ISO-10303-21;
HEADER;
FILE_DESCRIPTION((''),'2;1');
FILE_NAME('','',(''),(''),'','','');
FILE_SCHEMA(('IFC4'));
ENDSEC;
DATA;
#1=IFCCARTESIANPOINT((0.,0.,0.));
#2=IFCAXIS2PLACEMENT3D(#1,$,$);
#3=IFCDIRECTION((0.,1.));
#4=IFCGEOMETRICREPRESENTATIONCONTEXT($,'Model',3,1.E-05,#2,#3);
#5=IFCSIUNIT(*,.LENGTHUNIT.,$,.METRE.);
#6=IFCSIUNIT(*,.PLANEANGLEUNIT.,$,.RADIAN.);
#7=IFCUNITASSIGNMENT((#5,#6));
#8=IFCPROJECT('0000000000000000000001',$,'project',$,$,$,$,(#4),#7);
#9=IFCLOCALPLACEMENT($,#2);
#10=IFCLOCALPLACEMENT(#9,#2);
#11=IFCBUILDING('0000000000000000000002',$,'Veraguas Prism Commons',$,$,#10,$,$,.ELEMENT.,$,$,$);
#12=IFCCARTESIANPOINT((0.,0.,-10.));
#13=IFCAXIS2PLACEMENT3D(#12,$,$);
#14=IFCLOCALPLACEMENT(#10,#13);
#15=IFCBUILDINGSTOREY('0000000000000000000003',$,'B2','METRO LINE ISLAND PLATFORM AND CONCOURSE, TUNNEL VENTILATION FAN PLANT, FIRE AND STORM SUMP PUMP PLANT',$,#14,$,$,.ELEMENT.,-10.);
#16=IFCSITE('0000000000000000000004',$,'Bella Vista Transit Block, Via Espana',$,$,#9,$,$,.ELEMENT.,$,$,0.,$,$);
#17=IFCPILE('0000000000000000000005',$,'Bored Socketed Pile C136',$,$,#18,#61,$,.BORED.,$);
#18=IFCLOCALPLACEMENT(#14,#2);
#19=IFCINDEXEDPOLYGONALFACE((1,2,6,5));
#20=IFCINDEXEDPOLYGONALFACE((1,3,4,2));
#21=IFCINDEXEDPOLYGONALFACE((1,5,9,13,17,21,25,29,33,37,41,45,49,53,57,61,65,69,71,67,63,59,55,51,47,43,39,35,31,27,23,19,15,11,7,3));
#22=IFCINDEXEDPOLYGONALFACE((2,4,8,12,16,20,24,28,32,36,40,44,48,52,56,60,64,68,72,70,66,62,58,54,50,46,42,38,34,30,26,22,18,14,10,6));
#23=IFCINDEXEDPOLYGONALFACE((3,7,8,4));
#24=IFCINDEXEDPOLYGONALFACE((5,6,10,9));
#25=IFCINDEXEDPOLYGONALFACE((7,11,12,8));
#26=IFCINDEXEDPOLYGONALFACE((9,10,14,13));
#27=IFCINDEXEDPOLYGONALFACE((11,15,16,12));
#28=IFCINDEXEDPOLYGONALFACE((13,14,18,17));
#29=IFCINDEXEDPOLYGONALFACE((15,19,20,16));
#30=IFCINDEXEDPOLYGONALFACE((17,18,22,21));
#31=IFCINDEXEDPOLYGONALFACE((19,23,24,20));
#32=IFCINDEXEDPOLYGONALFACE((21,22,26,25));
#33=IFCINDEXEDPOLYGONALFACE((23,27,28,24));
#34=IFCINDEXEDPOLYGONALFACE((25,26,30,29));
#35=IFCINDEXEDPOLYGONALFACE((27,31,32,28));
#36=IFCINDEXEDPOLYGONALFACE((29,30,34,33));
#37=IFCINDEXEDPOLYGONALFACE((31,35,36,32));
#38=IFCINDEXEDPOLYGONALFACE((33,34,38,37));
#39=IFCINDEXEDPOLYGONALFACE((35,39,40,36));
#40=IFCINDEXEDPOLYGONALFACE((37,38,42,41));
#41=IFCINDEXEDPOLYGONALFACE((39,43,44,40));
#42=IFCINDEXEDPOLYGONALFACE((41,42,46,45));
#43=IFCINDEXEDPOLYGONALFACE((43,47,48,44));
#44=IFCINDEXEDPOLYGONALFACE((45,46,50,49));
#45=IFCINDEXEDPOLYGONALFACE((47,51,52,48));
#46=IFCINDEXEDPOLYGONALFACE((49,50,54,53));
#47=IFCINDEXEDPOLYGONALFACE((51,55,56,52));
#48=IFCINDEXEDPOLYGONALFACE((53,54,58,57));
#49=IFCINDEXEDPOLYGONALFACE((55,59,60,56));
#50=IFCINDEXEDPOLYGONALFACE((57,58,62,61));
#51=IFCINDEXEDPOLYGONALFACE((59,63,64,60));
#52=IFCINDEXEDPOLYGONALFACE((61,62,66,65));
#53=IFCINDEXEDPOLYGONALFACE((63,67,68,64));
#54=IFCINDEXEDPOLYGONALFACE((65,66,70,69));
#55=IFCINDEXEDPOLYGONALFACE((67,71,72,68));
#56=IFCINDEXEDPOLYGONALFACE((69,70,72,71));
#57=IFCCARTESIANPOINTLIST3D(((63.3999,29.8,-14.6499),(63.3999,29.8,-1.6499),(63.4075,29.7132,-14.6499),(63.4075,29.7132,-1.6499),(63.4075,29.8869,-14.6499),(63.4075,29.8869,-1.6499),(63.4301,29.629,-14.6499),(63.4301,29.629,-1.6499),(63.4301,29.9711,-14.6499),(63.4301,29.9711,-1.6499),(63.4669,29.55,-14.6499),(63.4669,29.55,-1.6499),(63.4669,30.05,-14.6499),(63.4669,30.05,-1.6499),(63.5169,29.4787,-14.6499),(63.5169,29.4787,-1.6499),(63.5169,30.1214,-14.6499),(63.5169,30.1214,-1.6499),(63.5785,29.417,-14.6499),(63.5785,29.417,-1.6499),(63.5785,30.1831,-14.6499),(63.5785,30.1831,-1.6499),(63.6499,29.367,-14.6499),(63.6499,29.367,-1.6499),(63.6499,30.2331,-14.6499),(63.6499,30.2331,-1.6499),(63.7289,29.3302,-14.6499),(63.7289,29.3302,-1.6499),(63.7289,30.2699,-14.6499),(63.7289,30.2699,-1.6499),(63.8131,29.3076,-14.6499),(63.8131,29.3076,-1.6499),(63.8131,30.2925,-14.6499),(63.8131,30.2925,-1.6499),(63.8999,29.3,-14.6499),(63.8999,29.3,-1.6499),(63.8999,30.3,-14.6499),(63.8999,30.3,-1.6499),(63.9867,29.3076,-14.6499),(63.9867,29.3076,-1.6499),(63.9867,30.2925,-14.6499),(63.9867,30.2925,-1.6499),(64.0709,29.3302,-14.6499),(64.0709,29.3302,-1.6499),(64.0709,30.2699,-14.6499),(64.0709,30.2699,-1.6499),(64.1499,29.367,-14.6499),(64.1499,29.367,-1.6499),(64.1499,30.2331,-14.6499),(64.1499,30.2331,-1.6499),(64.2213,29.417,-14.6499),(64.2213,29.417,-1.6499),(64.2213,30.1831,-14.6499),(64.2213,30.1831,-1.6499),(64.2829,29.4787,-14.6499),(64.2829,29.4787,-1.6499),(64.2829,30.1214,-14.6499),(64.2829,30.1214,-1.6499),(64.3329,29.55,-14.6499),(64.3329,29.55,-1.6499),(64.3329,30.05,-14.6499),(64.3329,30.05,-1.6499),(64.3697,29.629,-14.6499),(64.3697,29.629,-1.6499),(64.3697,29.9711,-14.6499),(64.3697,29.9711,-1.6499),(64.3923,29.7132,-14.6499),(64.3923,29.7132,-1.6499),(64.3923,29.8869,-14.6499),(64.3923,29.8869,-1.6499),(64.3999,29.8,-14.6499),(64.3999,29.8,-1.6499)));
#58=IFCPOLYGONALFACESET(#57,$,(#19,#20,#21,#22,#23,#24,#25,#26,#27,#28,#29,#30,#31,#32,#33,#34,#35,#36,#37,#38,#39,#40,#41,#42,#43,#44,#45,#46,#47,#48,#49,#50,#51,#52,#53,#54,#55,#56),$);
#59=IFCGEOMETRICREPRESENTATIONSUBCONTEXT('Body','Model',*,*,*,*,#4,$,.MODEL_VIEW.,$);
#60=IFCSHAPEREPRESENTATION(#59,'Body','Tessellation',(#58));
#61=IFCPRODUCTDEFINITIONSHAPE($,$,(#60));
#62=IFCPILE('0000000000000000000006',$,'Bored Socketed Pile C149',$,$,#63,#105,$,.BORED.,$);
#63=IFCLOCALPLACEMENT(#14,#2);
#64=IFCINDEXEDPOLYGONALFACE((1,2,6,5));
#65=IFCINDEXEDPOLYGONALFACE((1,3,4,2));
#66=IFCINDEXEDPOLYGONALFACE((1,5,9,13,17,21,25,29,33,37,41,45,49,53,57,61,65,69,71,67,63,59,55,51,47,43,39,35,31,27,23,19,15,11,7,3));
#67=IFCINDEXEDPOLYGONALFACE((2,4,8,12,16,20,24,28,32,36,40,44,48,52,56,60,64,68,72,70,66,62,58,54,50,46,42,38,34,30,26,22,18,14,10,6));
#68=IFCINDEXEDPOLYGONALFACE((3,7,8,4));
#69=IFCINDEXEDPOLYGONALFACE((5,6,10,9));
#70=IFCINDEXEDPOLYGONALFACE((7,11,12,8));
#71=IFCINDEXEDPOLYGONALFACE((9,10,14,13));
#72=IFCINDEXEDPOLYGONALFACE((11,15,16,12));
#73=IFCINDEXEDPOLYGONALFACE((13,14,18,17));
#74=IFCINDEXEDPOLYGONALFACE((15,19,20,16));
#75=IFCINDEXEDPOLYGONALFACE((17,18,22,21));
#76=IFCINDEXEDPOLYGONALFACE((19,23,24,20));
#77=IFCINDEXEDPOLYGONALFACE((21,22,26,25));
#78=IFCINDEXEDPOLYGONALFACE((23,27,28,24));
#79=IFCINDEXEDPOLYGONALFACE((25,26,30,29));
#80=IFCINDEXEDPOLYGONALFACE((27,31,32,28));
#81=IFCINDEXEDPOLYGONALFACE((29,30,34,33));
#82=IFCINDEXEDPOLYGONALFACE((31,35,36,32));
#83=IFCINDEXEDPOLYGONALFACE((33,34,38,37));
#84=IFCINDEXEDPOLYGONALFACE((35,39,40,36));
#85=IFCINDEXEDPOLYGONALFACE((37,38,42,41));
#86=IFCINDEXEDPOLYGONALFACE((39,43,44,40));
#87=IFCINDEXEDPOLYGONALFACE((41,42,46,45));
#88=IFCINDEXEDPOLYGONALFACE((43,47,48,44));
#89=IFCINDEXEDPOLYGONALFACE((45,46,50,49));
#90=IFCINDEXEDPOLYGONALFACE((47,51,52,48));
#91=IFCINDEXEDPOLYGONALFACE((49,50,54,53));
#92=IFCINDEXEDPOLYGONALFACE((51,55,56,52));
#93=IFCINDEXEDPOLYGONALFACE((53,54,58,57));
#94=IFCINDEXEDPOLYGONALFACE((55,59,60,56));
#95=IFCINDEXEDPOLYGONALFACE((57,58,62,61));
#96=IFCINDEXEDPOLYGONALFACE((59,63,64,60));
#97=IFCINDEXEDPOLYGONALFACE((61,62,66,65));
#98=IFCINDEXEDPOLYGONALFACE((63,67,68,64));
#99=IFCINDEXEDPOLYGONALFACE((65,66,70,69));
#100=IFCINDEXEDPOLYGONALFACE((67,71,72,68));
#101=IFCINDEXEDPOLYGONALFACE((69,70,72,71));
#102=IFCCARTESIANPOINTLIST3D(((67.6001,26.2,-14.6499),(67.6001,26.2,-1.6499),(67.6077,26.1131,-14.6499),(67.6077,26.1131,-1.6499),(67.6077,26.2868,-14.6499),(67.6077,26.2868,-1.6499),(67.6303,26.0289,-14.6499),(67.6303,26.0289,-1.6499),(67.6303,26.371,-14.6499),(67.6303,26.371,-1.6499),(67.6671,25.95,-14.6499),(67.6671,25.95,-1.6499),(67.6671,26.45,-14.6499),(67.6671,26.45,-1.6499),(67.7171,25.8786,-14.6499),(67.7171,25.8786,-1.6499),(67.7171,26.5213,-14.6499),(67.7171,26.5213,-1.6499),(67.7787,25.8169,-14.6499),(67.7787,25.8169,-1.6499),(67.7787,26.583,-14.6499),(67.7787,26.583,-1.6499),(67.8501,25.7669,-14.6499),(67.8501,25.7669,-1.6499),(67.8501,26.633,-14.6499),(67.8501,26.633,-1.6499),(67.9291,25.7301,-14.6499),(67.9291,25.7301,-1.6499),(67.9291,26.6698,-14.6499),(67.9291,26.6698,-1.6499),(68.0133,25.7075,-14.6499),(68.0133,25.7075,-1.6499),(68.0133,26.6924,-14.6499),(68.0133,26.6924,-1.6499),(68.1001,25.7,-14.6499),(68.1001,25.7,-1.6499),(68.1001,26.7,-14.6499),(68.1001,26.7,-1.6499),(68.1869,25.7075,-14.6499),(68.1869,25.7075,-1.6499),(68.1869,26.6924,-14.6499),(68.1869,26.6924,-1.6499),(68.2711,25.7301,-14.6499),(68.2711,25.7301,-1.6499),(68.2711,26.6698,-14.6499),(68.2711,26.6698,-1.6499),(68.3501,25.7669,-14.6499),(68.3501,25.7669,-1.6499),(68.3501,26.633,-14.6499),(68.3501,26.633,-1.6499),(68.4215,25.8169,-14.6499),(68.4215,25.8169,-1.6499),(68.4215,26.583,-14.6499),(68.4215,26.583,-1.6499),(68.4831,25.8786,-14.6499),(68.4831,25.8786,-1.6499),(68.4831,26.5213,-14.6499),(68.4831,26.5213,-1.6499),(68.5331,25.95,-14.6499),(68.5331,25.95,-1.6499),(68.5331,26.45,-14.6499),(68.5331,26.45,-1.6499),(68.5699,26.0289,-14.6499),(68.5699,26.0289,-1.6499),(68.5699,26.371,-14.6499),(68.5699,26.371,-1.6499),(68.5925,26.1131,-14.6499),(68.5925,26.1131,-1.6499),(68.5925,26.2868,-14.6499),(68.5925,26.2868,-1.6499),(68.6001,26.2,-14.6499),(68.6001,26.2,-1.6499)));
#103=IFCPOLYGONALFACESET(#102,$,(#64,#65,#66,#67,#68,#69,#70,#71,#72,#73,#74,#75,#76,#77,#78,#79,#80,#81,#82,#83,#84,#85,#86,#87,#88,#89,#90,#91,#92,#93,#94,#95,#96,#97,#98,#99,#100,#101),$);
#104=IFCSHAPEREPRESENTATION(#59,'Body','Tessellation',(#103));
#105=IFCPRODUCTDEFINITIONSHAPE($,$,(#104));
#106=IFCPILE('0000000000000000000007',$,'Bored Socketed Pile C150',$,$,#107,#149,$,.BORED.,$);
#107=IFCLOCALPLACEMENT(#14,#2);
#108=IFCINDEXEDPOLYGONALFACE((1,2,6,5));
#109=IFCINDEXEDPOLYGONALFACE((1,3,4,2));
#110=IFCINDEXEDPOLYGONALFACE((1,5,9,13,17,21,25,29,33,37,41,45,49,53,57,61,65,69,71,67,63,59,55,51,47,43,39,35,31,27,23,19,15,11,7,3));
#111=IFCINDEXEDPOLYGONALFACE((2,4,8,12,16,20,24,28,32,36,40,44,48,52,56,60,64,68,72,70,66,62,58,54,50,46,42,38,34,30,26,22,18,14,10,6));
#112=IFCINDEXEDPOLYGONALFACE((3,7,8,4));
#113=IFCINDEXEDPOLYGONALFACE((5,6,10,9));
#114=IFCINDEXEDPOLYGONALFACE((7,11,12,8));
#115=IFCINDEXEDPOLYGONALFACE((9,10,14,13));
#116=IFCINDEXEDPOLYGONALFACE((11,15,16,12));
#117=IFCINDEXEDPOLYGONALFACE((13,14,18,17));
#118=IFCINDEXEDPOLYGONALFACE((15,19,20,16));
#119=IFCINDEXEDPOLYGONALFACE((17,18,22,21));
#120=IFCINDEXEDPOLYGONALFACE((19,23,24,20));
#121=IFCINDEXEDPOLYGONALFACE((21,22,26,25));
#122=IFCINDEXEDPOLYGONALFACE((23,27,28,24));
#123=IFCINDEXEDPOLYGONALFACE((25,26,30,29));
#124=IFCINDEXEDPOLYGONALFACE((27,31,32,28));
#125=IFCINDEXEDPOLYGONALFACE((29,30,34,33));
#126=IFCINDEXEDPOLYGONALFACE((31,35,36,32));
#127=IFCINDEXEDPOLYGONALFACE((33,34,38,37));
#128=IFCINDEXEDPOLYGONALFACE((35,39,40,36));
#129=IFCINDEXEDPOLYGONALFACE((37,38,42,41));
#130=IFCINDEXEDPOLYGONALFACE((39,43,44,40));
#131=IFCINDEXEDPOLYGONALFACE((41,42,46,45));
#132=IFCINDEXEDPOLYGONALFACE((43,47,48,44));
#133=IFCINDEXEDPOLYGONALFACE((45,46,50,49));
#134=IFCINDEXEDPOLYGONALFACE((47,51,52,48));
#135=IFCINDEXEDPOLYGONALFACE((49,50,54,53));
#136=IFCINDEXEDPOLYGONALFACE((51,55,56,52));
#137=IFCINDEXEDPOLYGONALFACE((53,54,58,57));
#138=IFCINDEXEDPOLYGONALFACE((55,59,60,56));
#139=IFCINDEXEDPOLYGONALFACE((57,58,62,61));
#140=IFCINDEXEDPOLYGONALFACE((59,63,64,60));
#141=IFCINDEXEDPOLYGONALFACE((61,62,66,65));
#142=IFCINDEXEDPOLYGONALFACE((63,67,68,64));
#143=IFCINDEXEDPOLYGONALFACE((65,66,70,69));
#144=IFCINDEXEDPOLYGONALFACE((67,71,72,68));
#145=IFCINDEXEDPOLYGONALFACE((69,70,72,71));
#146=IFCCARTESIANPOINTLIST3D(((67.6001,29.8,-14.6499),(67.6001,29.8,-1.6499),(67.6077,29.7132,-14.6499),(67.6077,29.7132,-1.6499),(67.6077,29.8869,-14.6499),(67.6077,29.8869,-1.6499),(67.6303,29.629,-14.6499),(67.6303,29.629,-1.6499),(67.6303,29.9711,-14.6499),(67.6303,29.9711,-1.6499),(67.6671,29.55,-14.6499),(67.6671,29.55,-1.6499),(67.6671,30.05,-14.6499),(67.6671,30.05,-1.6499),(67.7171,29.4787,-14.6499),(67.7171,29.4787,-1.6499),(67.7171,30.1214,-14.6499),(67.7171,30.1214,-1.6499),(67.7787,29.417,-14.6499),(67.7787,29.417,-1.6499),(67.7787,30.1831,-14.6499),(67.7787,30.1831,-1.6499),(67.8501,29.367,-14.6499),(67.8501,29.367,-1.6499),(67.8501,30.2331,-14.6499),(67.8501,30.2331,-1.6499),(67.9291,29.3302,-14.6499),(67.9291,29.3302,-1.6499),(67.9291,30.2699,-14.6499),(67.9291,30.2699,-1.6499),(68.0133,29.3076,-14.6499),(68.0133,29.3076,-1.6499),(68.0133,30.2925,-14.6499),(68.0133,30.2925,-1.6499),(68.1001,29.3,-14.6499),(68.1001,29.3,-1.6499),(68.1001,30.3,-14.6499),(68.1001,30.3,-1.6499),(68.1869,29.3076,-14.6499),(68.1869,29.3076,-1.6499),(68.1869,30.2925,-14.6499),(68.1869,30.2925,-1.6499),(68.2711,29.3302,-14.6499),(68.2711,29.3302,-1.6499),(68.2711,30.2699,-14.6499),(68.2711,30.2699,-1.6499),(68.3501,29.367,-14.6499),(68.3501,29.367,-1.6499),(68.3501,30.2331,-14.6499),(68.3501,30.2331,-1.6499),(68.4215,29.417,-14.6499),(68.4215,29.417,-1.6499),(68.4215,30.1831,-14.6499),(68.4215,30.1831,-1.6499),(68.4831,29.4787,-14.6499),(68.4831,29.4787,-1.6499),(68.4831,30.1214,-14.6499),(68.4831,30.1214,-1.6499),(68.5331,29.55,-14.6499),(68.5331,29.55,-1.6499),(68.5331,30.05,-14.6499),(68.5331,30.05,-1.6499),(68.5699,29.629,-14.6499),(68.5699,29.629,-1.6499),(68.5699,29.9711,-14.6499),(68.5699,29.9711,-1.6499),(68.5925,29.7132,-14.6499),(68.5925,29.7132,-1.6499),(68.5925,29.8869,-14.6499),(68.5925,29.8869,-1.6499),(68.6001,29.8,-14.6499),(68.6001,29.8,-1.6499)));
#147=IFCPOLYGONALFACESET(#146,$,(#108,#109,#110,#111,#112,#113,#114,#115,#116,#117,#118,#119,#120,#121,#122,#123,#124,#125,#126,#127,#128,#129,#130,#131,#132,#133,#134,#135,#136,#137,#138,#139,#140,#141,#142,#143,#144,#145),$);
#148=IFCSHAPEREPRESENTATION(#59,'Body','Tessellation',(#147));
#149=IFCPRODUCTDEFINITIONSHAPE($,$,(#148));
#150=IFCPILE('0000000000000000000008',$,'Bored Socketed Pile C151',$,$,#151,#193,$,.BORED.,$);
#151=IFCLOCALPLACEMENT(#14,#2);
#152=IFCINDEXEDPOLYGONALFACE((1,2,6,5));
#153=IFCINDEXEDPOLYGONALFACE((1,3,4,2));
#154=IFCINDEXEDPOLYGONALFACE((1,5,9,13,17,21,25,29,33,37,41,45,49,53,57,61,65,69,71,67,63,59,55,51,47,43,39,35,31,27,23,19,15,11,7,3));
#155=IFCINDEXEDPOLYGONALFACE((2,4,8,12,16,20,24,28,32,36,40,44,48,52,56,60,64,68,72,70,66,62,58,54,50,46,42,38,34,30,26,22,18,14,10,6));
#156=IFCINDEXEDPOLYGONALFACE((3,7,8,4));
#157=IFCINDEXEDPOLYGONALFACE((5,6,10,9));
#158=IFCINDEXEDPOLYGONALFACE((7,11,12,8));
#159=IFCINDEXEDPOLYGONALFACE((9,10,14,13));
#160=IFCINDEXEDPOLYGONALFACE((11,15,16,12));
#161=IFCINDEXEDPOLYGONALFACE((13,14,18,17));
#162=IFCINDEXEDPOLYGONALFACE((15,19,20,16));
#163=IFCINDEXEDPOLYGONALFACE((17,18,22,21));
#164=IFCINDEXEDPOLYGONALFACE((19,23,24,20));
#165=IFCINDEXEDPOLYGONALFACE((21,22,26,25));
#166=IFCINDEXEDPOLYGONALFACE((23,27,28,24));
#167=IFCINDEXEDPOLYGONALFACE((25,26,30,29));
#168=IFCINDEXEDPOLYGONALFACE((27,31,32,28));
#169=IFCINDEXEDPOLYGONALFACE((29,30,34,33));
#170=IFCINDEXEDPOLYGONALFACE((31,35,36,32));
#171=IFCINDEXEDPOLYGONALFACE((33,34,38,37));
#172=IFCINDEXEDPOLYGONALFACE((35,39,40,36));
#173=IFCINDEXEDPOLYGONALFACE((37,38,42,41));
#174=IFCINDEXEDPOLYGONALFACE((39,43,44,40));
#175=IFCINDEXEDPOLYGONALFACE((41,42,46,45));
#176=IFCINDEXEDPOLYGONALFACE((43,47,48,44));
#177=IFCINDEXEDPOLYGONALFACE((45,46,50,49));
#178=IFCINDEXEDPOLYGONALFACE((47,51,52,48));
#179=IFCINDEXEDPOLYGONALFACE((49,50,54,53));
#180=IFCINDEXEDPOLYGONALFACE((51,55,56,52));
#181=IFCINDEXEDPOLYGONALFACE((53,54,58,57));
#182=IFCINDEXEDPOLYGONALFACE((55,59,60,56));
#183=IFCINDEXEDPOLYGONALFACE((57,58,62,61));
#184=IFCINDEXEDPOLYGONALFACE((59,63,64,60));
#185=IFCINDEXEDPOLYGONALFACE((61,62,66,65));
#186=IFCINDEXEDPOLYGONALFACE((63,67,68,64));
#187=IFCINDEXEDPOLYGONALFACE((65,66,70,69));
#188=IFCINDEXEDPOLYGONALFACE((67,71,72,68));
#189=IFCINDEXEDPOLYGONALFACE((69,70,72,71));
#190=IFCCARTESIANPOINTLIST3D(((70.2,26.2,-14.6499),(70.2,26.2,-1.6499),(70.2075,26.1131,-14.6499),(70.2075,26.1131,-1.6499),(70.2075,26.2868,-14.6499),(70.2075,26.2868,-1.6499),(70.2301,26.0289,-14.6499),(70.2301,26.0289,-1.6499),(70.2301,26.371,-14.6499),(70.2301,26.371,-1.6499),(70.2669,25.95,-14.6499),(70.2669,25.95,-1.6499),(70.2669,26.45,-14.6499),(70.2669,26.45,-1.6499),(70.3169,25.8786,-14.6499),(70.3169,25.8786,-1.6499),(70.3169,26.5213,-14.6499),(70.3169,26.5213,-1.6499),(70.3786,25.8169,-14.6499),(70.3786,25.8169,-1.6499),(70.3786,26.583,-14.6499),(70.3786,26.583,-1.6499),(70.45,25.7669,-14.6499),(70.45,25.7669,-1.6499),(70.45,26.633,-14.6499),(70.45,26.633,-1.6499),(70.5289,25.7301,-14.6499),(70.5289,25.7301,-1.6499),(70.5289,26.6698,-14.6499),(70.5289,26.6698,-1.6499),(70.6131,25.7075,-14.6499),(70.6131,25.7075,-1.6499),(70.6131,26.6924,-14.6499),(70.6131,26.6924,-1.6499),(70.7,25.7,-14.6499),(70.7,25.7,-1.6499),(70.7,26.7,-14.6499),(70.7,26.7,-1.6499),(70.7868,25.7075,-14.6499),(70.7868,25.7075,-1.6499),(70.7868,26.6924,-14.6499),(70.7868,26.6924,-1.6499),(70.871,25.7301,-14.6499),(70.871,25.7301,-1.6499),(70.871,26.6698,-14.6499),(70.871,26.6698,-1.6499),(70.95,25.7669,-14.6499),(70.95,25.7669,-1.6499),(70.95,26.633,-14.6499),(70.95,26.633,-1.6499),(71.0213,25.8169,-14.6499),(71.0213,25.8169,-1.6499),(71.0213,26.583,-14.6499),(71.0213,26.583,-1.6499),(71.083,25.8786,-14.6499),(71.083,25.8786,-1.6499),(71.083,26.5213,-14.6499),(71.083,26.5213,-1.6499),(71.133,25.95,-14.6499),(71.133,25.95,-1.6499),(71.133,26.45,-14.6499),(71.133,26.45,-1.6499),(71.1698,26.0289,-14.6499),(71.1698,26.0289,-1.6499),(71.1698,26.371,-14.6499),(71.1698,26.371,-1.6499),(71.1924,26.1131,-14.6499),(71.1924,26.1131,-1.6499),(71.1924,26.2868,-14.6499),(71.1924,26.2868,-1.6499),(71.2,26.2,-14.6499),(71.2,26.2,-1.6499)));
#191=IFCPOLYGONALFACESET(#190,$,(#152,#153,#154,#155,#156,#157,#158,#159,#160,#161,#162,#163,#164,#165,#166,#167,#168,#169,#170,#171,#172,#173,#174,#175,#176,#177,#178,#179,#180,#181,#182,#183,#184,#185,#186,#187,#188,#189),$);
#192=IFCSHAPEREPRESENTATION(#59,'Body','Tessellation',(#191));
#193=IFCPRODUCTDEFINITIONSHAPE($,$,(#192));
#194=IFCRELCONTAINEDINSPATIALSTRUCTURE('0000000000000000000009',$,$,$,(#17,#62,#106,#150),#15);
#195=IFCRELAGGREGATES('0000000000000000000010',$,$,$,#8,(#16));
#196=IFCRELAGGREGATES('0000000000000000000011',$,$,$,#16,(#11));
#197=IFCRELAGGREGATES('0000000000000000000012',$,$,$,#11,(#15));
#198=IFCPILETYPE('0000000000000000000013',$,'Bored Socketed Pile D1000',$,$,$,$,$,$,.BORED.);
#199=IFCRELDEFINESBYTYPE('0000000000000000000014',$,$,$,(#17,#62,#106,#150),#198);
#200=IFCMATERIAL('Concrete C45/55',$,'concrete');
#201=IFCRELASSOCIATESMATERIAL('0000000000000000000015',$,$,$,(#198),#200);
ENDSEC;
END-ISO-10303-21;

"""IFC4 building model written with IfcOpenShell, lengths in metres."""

from ifc_helpers import new_model, si_unit, direction, frame, origin, origin_2d, place, context, subcontext, project, spatial, circle, extrude, source, transform, mapped, material, material_profile, profile_set, type_object, element, save


model = new_model("IFC4")

# Units and contexts
model_context = context("Model", 3, precision=1e-05, world=origin(), true_north=direction((0.0, 1.0)))
body_context = subcontext(model_context, "Body", "Model", "MODEL_VIEW")
ifc_project = project(units=[si_unit("LENGTHUNIT", "METRE"), si_unit("PLANEANGLEUNIT", "RADIAN")], contexts=[model_context])

# Site, building, storey
site_placement = place(None, origin())
site = spatial("IfcSite", under=ifc_project, at=site_placement, Name="Bella Vista Transit Block, Via Espana", CompositionType="ELEMENT", RefElevation=0.0)
building_placement = place(site_placement, origin())
building = spatial("IfcBuilding", under=site, at=building_placement, Name="Veraguas Prism Commons", CompositionType="ELEMENT")
storey_placement = place(building_placement, frame((0.0, 0.0, -10.0)))
storey = spatial("IfcBuildingStorey", under=building, at=storey_placement, Name="B2", Description="METRO LINE ISLAND PLATFORM AND CONCOURSE, TUNNEL VENTILATION FAN PLANT, FIRE AND STORM SUMP PUMP PLANT", CompositionType="ELEMENT", Elevation=-10.0)

# Shared definitions
ifc_material_1 = material(Name="Concrete C45/55", Category="concrete")

# Piles
ifc_material_profile_1 = material_profile(ifc_material_1, circle(Radius=0.5, at=origin_2d()), Name="PILE1000")
ifc_profile_set_1 = profile_set([ifc_material_profile_1], Name="Concrete C45/55")
pile_type = type_object("IfcPileType", Name="Bored Socketed Pile D1000", PredefinedType="BORED", material=ifc_profile_set_1)
shared_shape_1 = source(origin(), body_context, "Body", "SweptSolid", [
    extrude(circle(Radius=0.5, at=origin_2d()), origin(), (0.0, 0.0, 1.0), 13.0),
])
for number, where, z_axis, x_axis, name in (
    (1, (63.8999, 29.8, -1.6499), (0.0, 0.0, -1.0), (1.0, 0.0, 0.0), "Bored Socketed Pile C136"),
    (2, (68.1001, 26.2, -1.6499), (0.0, 0.0, -1.0), (1.0, 0.0, 0.0), "Bored Socketed Pile C149"),
    (3, (68.1001, 29.8, -1.6499), (0.0, 0.0, -1.0), (1.0, 0.0, 0.0), "Bored Socketed Pile C150"),
    (4, (70.7, 26.2, -1.6499), (0.0, 0.0, -1.0), (1.0, 0.0, 0.0), "Bored Socketed Pile C151"),
):
    element("IfcPile", number, at=place(storey_placement, frame(where, z_axis=z_axis, x_axis=x_axis)), inside=storey, type_object=pile_type, Name=name, PredefinedType="BORED", context=body_context, shape_type="MappedRepresentation", body=[
        mapped(shared_shape_1, transform((0.0, 0.0, 0.0), scale=1.0)),
    ])

save(model, "model.ifc")
